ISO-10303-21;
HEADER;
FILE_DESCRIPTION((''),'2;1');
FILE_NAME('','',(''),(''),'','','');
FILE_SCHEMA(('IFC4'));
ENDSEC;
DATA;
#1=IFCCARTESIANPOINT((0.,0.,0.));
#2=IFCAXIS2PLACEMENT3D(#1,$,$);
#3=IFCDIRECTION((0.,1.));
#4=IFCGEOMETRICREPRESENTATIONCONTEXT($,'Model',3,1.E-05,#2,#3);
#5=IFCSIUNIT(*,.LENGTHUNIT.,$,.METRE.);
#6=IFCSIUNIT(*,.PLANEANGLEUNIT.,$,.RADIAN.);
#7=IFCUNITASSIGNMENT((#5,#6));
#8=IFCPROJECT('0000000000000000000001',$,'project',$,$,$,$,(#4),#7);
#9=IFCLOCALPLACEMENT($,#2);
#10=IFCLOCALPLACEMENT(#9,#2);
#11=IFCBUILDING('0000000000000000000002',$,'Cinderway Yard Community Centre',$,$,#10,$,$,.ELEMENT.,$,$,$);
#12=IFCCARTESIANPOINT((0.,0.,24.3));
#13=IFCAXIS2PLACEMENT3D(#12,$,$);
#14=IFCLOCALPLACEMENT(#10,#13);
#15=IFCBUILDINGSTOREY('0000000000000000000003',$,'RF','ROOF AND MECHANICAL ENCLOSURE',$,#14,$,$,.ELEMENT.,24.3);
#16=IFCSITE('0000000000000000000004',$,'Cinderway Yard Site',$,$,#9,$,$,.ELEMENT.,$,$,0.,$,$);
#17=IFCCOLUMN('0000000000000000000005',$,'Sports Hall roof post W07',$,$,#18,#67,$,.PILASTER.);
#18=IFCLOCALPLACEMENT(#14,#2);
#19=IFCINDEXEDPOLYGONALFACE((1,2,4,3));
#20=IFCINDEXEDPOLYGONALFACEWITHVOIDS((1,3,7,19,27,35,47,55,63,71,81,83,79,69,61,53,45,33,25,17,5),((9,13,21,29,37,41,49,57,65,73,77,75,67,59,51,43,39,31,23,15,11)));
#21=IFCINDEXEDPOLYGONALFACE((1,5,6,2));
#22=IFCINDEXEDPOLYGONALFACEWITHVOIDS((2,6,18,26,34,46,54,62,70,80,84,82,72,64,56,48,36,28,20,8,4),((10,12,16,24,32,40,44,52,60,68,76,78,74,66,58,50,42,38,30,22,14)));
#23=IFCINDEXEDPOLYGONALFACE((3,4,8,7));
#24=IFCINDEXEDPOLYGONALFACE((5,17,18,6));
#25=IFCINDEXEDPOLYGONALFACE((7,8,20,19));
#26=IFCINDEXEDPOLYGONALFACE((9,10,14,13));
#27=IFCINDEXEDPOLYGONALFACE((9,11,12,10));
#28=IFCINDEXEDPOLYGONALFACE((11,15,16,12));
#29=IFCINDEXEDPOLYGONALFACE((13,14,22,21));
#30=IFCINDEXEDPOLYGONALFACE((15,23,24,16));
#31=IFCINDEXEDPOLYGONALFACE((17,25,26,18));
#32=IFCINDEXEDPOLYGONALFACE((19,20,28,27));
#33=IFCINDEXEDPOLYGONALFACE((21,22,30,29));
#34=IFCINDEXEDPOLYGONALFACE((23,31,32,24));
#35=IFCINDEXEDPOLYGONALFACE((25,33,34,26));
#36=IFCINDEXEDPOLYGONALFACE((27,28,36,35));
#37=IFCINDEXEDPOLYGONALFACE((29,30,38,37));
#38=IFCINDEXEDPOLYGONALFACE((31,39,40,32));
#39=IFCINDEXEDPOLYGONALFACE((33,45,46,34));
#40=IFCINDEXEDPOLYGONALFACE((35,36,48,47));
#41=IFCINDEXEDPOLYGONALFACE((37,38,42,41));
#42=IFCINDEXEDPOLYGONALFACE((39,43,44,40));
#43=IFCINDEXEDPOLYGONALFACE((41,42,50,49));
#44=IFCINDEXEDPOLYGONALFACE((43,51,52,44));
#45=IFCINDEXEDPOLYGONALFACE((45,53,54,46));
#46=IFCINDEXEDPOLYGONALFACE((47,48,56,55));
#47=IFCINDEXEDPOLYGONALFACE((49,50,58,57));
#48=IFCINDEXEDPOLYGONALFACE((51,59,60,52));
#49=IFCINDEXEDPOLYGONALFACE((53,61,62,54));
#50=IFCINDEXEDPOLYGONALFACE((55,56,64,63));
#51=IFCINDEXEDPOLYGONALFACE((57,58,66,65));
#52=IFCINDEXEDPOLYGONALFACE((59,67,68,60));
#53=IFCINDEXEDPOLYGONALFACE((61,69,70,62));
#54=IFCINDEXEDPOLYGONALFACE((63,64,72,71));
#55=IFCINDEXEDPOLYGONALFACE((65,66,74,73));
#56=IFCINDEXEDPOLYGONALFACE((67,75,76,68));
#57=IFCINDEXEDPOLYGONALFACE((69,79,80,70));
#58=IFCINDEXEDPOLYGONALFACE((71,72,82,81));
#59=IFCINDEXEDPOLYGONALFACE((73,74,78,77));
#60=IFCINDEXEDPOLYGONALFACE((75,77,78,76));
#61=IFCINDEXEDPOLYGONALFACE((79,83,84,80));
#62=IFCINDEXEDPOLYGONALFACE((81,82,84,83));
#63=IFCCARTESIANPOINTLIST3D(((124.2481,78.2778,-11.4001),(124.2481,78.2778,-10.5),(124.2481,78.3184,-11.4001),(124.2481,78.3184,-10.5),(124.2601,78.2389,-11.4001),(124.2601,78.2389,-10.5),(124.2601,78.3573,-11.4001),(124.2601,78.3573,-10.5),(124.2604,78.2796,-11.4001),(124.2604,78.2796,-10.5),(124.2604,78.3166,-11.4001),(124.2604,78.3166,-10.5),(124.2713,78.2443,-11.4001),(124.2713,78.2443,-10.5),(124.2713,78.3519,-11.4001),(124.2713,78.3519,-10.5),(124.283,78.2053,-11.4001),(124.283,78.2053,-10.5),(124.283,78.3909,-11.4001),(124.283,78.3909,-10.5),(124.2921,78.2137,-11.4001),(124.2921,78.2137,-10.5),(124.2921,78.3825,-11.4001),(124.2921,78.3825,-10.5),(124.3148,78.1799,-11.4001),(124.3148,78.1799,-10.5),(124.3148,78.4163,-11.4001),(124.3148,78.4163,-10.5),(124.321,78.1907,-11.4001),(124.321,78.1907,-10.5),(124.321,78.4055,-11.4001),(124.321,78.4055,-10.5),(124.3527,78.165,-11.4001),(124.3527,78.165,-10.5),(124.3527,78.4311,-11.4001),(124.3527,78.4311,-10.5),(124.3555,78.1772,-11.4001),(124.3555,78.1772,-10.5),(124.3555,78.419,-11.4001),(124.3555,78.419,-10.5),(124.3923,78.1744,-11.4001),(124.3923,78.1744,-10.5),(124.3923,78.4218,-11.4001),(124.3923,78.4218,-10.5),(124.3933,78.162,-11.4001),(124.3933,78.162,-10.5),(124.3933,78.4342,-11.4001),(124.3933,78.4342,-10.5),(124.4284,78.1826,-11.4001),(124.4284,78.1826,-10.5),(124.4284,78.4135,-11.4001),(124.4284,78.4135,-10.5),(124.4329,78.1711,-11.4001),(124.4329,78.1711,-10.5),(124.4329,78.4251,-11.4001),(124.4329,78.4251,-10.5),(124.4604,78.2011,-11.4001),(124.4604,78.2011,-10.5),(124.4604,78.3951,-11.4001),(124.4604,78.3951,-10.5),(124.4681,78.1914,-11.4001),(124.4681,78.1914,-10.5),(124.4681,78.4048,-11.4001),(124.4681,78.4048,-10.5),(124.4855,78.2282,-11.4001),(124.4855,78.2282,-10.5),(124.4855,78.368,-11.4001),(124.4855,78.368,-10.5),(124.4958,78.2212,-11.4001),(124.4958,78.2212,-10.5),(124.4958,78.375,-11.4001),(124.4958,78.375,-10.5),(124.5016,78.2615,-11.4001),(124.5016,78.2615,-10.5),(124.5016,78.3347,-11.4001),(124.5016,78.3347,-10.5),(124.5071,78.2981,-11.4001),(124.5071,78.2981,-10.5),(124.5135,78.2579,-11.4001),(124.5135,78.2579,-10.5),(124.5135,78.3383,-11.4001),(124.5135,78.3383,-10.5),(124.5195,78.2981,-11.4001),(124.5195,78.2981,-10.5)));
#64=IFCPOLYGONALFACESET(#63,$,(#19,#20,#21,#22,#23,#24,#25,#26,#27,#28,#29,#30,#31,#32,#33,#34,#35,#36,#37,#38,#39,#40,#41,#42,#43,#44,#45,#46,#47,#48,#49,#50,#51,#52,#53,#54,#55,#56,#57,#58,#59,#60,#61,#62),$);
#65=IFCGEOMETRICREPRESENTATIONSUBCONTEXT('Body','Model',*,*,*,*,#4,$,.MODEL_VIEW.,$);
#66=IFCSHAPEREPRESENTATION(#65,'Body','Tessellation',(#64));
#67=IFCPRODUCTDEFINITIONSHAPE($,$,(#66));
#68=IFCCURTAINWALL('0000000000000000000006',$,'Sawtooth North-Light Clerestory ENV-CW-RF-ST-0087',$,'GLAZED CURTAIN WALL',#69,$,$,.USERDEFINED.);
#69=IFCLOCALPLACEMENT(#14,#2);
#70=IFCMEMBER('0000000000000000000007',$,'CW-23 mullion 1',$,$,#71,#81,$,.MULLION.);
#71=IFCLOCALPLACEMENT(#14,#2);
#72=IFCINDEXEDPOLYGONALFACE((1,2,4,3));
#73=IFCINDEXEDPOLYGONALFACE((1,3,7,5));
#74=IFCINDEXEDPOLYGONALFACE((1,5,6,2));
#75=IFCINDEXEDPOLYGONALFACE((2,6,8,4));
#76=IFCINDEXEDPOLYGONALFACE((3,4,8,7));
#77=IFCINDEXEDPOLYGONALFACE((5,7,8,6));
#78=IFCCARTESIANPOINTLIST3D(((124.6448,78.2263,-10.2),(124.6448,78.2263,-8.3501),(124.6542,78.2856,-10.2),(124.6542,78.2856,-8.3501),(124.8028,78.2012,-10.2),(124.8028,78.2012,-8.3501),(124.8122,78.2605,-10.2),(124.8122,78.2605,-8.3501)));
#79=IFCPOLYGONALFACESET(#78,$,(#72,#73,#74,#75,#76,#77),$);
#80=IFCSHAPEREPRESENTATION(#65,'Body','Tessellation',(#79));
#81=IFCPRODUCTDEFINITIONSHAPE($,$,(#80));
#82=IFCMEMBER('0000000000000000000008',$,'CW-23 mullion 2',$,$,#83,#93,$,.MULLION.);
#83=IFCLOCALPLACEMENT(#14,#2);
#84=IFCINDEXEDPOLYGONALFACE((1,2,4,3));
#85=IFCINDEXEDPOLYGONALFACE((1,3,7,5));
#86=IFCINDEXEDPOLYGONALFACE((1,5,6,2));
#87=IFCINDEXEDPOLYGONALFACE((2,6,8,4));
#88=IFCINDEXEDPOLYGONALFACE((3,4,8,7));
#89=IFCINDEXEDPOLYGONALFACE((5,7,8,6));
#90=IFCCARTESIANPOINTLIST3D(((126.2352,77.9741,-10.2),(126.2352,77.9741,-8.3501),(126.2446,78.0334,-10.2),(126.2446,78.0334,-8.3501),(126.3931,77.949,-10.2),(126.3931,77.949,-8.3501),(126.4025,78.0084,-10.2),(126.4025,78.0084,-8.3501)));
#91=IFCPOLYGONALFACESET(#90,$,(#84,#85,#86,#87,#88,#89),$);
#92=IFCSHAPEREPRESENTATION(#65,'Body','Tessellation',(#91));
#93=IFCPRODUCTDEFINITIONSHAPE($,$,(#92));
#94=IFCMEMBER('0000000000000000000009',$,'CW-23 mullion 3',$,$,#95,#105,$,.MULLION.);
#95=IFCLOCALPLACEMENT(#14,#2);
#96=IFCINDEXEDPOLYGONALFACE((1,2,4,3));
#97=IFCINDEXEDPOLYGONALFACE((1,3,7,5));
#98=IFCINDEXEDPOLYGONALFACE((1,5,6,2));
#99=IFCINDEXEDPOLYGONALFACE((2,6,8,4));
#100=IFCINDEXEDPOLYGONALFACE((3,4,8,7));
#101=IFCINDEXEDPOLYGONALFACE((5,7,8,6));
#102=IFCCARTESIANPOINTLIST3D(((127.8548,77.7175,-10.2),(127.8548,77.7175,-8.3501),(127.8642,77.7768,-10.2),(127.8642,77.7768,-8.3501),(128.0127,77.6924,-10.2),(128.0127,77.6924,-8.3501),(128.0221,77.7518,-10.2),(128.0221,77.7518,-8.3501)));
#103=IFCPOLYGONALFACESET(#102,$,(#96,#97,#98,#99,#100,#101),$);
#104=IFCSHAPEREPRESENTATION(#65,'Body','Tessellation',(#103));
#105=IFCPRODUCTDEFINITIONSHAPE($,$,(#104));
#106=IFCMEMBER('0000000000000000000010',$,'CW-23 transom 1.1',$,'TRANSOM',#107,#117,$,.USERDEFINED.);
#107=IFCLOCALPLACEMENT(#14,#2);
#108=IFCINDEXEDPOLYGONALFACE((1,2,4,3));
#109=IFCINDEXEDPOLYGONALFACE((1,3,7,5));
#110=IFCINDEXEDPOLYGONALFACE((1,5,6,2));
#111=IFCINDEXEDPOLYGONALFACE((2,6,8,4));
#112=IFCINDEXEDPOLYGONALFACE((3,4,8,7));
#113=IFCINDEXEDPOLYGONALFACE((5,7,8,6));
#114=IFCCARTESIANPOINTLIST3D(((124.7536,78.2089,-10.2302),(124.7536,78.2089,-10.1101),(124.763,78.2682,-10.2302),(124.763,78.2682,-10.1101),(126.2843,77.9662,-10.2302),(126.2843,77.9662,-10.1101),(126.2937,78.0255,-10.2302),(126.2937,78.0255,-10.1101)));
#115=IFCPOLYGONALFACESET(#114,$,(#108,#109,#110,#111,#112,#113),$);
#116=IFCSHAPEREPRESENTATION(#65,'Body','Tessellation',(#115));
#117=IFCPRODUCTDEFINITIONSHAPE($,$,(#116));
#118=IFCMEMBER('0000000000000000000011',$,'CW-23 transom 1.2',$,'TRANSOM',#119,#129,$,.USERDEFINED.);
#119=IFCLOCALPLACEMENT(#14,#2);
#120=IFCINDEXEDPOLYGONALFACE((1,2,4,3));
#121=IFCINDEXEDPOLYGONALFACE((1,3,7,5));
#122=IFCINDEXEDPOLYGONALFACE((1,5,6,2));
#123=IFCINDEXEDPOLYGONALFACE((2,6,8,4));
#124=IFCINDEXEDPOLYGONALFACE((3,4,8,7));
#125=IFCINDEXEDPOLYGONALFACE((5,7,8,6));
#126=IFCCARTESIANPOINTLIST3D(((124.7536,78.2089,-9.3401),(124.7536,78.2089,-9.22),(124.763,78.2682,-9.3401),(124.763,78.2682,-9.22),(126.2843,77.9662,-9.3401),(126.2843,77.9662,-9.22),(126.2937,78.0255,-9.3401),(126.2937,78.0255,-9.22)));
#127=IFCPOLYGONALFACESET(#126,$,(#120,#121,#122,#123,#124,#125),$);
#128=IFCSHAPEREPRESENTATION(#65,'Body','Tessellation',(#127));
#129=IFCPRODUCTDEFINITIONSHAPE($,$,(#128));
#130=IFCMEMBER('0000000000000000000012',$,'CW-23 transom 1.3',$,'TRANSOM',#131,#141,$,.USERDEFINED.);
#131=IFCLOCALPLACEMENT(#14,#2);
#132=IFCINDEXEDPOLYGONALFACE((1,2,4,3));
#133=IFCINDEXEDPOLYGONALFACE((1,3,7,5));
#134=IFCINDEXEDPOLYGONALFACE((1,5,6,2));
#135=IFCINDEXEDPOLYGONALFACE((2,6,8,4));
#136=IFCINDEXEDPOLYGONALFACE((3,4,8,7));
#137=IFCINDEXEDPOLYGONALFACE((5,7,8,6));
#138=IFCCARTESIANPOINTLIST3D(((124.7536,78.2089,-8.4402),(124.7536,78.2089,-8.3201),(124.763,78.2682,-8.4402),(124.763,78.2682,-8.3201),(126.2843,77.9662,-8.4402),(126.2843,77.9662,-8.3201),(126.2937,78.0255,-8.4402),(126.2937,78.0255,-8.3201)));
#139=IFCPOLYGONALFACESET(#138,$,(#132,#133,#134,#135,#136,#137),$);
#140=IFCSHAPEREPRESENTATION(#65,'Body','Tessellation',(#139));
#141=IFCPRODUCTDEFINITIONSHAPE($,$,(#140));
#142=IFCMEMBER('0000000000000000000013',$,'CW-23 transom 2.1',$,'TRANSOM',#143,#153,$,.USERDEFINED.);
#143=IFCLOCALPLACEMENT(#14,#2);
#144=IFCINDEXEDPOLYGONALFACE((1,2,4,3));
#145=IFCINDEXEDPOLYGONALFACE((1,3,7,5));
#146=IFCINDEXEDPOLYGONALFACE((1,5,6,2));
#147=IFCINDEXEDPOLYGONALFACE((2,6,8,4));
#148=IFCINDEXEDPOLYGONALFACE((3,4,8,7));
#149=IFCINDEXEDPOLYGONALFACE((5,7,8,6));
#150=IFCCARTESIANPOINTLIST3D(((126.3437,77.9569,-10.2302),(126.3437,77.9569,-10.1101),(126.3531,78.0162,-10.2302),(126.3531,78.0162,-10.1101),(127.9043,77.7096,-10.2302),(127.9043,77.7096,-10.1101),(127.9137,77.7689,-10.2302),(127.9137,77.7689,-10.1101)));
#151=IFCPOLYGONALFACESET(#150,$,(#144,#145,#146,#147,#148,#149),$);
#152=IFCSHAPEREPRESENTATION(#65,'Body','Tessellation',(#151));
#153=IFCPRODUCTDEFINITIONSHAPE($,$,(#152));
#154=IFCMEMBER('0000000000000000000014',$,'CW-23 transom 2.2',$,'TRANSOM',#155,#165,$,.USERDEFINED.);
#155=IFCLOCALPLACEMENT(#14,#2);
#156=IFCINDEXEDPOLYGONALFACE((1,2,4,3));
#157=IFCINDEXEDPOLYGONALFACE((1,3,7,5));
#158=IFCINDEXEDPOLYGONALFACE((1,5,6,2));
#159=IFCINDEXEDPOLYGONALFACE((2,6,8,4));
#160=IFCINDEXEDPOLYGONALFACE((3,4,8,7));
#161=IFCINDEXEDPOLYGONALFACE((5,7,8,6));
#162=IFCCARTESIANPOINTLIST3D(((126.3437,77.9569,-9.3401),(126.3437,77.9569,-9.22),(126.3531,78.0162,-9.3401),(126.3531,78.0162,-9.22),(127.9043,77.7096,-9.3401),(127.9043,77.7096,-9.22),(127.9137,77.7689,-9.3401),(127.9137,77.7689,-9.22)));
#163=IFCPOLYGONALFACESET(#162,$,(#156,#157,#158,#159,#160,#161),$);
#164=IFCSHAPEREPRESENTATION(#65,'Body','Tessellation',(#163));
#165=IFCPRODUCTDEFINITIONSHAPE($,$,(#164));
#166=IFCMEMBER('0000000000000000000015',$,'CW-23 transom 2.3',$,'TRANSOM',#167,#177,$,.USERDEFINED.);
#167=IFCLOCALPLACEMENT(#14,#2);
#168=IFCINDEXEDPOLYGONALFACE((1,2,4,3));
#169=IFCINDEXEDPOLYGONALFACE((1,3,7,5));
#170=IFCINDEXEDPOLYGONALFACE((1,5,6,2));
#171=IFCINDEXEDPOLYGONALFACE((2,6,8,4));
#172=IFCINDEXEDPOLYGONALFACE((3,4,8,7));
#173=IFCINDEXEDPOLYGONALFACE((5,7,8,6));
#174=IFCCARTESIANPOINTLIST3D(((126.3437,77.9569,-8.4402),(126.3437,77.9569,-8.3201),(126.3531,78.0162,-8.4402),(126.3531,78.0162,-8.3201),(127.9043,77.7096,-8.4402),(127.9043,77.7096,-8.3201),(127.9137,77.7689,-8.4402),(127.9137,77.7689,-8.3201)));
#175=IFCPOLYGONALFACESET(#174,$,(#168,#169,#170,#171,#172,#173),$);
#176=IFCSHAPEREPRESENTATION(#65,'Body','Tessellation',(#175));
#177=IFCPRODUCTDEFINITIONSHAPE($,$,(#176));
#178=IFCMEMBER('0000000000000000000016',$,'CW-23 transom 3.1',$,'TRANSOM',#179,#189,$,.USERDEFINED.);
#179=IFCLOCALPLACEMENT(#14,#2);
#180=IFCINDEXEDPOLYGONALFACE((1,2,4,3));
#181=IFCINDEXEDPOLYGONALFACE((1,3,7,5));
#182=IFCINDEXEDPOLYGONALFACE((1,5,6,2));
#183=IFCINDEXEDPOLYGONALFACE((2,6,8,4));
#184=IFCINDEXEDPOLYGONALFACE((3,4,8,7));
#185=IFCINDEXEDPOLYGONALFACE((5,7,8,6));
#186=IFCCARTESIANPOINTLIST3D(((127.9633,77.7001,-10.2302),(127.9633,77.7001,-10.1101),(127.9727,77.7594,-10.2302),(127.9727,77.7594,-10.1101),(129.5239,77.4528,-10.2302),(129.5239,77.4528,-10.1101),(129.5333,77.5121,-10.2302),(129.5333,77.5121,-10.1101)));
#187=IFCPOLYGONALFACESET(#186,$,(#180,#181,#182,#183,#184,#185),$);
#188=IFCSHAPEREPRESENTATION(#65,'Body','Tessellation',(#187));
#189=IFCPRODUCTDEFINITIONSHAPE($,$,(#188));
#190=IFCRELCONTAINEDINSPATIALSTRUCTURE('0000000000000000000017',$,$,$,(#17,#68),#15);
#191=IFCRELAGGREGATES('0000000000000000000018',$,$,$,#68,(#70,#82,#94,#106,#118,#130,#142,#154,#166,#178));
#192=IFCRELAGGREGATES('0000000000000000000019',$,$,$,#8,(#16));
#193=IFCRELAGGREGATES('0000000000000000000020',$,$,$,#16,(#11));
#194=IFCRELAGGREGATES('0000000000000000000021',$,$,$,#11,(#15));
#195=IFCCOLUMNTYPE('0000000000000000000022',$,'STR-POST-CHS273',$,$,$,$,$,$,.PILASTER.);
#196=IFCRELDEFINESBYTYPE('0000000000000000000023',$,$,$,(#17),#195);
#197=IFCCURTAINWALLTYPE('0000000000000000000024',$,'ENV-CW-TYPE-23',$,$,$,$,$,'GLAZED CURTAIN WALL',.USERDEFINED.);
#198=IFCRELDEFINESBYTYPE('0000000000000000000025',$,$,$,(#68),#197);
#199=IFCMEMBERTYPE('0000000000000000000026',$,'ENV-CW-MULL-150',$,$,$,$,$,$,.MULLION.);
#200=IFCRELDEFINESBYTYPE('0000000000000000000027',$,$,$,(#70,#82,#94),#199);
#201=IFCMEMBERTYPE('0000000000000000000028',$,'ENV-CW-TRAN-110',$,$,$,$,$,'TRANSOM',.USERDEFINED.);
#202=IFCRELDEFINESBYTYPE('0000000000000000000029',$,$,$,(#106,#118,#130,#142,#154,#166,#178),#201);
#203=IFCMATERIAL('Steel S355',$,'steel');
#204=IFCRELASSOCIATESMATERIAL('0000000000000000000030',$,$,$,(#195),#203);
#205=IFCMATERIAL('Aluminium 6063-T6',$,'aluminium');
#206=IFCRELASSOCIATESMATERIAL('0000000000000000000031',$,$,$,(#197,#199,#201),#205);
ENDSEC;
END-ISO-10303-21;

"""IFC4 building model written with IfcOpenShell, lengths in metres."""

from ifc_helpers import new_model, si_unit, direction, frame, origin, origin_2d, place, context, subcontext, project, spatial, rectangle, hollow_circle, extrude, material, material_profile, profile_set, type_object, element, aggregate, save


model = new_model("IFC4")

# Units and contexts
model_context = context("Model", 3, precision=1e-05, world=origin(), true_north=direction((0.0, 1.0)))
body_context = subcontext(model_context, "Body", "Model", "MODEL_VIEW")
ifc_project = project(units=[si_unit("LENGTHUNIT", "METRE"), si_unit("PLANEANGLEUNIT", "RADIAN")], contexts=[model_context])

# Site, building, storey
site_placement = place(None, origin())
site = spatial("IfcSite", under=ifc_project, at=site_placement, Name="Cinderway Yard Site", CompositionType="ELEMENT", RefElevation=0.0)
building_placement = place(site_placement, origin())
building = spatial("IfcBuilding", under=site, at=building_placement, Name="Cinderway Yard Community Centre", CompositionType="ELEMENT")
storey_placement = place(building_placement, frame((0.0, 0.0, 24.3)))
storey = spatial("IfcBuildingStorey", under=building, at=storey_placement, Name="RF", Description="ROOF AND MECHANICAL ENCLOSURE", CompositionType="ELEMENT", Elevation=24.3)

# Column
ifc_material_1 = material(Name="Steel S355", Category="steel")
ifc_material_profile_1 = material_profile(ifc_material_1, hollow_circle(Radius=0.1365, WallThickness=0.0125, at=origin_2d()), Name="Steel S355")
ifc_profile_set_1 = profile_set([ifc_material_profile_1], Name="Steel S355")
column_type = type_object("IfcColumnType", Name="STR-POST-CHS273", PredefinedType="PILASTER", material=ifc_profile_set_1)
column_placement = place(storey_placement, frame((124.3831, 78.2981, -11.4001), z_axis=(0.0, 0.0, 1.0), x_axis=(1.0, 0.0, 0.0)))
element("IfcColumn", 1, at=column_placement, inside=storey, type_object=column_type, Name="Sports Hall roof post W07", PredefinedType="PILASTER", context=body_context, shape_type="SweptSolid", body=[
    extrude(hollow_circle(Radius=0.1365, WallThickness=0.0125, at=origin_2d()), origin(), (0.0, 0.0, 1.0), 0.9001),
])

# Curtain wall, members
ifc_material_2 = material(Name="Aluminium 6063-T6", Category="aluminium")
curtain_wall_type = type_object("IfcCurtainWallType", Name="ENV-CW-TYPE-23", ElementType="GLAZED CURTAIN WALL", PredefinedType="USERDEFINED", material=ifc_material_2)
curtain_wall_placement = place(storey_placement, origin())
curtain_wall = element("IfcCurtainWall", 2, at=curtain_wall_placement, inside=storey, type_object=curtain_wall_type, Name="Sawtooth North-Light Clerestory ENV-CW-RF-ST-0087", ObjectType="GLAZED CURTAIN WALL", PredefinedType="USERDEFINED")
ifc_material_profile_2 = material_profile(ifc_material_2, rectangle(XDim=0.0601, YDim=0.1599, at=origin_2d()), Name="Aluminium 6063-T6")
ifc_profile_set_2 = profile_set([ifc_material_profile_2], Name="Aluminium 6063-T6")
member_type_1 = type_object("IfcMemberType", Name="ENV-CW-MULL-150", PredefinedType="MULLION", material=ifc_profile_set_2)
member_1_placement = place(storey_placement, frame((124.7285, 78.2434, -10.2), z_axis=(0.0, 0.0, 1.0), x_axis=(0.156557, 0.987669, 0.0)))
member_1 = element("IfcMember", 3, at=member_1_placement, type_object=member_type_1, Name="CW-23 mullion 1", PredefinedType="MULLION", context=body_context, shape_type="SweptSolid", body=[
    extrude(rectangle(XDim=0.0601, YDim=0.1599, at=origin_2d()), origin(), (0.0, 0.0, 1.0), 1.8499),
])
member_2_placement = place(storey_placement, frame((126.3188, 77.9912, -10.2), z_axis=(0.0, 0.0, 1.0), x_axis=(0.156557, 0.987669, 0.0)))
member_2 = element("IfcMember", 4, at=member_2_placement, type_object=member_type_1, Name="CW-23 mullion 2", PredefinedType="MULLION", context=body_context, shape_type="SweptSolid", body=[
    extrude(rectangle(XDim=0.0601, YDim=0.1599, at=origin_2d()), origin(), (0.0, 0.0, 1.0), 1.8499),
])
member_3_placement = place(storey_placement, frame((127.9385, 77.7346, -10.2), z_axis=(0.0, 0.0, 1.0), x_axis=(0.156557, 0.987669, 0.0)))
member_3 = element("IfcMember", 5, at=member_3_placement, type_object=member_type_1, Name="CW-23 mullion 3", PredefinedType="MULLION", context=body_context, shape_type="SweptSolid", body=[
    extrude(rectangle(XDim=0.0601, YDim=0.1599, at=origin_2d()), origin(), (0.0, 0.0, 1.0), 1.8499),
])
ifc_material_profile_3 = material_profile(ifc_material_2, rectangle(XDim=0.0601, YDim=0.1201, at=origin_2d()), Name="Aluminium 6063-T6")
ifc_profile_set_3 = profile_set([ifc_material_profile_3], Name="Aluminium 6063-T6")
member_type_2 = type_object("IfcMemberType", Name="ENV-CW-TRAN-110", ElementType="TRANSOM", PredefinedType="USERDEFINED", material=ifc_profile_set_3)
member_4_placement = place(storey_placement, frame((124.7583, 78.2385, -10.1702), z_axis=(0.987666, -0.156577, 0.0), x_axis=(0.156577, 0.987666, 0.0)))
member_4 = element("IfcMember", 6, at=member_4_placement, type_object=member_type_2, Name="CW-23 transom 1.1", ObjectType="TRANSOM", PredefinedType="USERDEFINED", context=body_context, shape_type="SweptSolid", body=[
    extrude(rectangle(XDim=0.0601, YDim=0.1201, at=origin_2d()), origin(), (0.0, 0.0, 1.0), 1.5498),
])
member_5_placement = place(storey_placement, frame((124.7583, 78.2385, -9.28), z_axis=(0.987666, -0.156577, 0.0), x_axis=(0.156577, 0.987666, 0.0)))
member_5 = element("IfcMember", 7, at=member_5_placement, type_object=member_type_2, Name="CW-23 transom 1.2", ObjectType="TRANSOM", PredefinedType="USERDEFINED", context=body_context, shape_type="SweptSolid", body=[
    extrude(rectangle(XDim=0.0601, YDim=0.1201, at=origin_2d()), origin(), (0.0, 0.0, 1.0), 1.5498),
])
member_6_placement = place(storey_placement, frame((124.7583, 78.2385, -8.3801), z_axis=(0.987666, -0.156577, 0.0), x_axis=(0.156577, 0.987666, 0.0)))
member_6 = element("IfcMember", 8, at=member_6_placement, type_object=member_type_2, Name="CW-23 transom 1.3", ObjectType="TRANSOM", PredefinedType="USERDEFINED", context=body_context, shape_type="SweptSolid", body=[
    extrude(rectangle(XDim=0.0601, YDim=0.1201, at=origin_2d()), origin(), (0.0, 0.0, 1.0), 1.5498),
])
member_7_placement = place(storey_placement, frame((126.3484, 77.9866, -10.1702), z_axis=(0.987674, -0.156526, 0.0), x_axis=(0.156526, 0.987674, 0.0)))
member_7 = element("IfcMember", 9, at=member_7_placement, type_object=member_type_2, Name="CW-23 transom 2.1", ObjectType="TRANSOM", PredefinedType="USERDEFINED", context=body_context, shape_type="SweptSolid", body=[
    extrude(rectangle(XDim=0.0601, YDim=0.1201, at=origin_2d()), origin(), (0.0, 0.0, 1.0), 1.5801),
])
member_8_placement = place(storey_placement, frame((126.3484, 77.9866, -9.28), z_axis=(0.987674, -0.156526, 0.0), x_axis=(0.156526, 0.987674, 0.0)))
member_8 = element("IfcMember", 10, at=member_8_placement, type_object=member_type_2, Name="CW-23 transom 2.2", ObjectType="TRANSOM", PredefinedType="USERDEFINED", context=body_context, shape_type="SweptSolid", body=[
    extrude(rectangle(XDim=0.0601, YDim=0.1201, at=origin_2d()), origin(), (0.0, 0.0, 1.0), 1.5801),
])
member_9_placement = place(storey_placement, frame((126.3484, 77.9866, -8.3801), z_axis=(0.987674, -0.156526, 0.0), x_axis=(0.156526, 0.987674, 0.0)))
member_9 = element("IfcMember", 11, at=member_9_placement, type_object=member_type_2, Name="CW-23 transom 2.3", ObjectType="TRANSOM", PredefinedType="USERDEFINED", context=body_context, shape_type="SweptSolid", body=[
    extrude(rectangle(XDim=0.0601, YDim=0.1201, at=origin_2d()), origin(), (0.0, 0.0, 1.0), 1.5801),
])
member_10_placement = place(storey_placement, frame((127.968, 77.7297, -10.1702), z_axis=(0.987674, -0.156526, 0.0), x_axis=(0.156526, 0.987674, 0.0)))
member_10 = element("IfcMember", 12, at=member_10_placement, type_object=member_type_2, Name="CW-23 transom 3.1", ObjectType="TRANSOM", PredefinedType="USERDEFINED", context=body_context, shape_type="SweptSolid", body=[
    extrude(rectangle(XDim=0.0601, YDim=0.1201, at=origin_2d()), origin(), (0.0, 0.0, 1.0), 1.5801),
])

aggregate(curtain_wall, [member_1, member_2, member_3, member_4, member_5, member_6, member_7, member_8, member_9, member_10])

save(model, "model.ifc")
